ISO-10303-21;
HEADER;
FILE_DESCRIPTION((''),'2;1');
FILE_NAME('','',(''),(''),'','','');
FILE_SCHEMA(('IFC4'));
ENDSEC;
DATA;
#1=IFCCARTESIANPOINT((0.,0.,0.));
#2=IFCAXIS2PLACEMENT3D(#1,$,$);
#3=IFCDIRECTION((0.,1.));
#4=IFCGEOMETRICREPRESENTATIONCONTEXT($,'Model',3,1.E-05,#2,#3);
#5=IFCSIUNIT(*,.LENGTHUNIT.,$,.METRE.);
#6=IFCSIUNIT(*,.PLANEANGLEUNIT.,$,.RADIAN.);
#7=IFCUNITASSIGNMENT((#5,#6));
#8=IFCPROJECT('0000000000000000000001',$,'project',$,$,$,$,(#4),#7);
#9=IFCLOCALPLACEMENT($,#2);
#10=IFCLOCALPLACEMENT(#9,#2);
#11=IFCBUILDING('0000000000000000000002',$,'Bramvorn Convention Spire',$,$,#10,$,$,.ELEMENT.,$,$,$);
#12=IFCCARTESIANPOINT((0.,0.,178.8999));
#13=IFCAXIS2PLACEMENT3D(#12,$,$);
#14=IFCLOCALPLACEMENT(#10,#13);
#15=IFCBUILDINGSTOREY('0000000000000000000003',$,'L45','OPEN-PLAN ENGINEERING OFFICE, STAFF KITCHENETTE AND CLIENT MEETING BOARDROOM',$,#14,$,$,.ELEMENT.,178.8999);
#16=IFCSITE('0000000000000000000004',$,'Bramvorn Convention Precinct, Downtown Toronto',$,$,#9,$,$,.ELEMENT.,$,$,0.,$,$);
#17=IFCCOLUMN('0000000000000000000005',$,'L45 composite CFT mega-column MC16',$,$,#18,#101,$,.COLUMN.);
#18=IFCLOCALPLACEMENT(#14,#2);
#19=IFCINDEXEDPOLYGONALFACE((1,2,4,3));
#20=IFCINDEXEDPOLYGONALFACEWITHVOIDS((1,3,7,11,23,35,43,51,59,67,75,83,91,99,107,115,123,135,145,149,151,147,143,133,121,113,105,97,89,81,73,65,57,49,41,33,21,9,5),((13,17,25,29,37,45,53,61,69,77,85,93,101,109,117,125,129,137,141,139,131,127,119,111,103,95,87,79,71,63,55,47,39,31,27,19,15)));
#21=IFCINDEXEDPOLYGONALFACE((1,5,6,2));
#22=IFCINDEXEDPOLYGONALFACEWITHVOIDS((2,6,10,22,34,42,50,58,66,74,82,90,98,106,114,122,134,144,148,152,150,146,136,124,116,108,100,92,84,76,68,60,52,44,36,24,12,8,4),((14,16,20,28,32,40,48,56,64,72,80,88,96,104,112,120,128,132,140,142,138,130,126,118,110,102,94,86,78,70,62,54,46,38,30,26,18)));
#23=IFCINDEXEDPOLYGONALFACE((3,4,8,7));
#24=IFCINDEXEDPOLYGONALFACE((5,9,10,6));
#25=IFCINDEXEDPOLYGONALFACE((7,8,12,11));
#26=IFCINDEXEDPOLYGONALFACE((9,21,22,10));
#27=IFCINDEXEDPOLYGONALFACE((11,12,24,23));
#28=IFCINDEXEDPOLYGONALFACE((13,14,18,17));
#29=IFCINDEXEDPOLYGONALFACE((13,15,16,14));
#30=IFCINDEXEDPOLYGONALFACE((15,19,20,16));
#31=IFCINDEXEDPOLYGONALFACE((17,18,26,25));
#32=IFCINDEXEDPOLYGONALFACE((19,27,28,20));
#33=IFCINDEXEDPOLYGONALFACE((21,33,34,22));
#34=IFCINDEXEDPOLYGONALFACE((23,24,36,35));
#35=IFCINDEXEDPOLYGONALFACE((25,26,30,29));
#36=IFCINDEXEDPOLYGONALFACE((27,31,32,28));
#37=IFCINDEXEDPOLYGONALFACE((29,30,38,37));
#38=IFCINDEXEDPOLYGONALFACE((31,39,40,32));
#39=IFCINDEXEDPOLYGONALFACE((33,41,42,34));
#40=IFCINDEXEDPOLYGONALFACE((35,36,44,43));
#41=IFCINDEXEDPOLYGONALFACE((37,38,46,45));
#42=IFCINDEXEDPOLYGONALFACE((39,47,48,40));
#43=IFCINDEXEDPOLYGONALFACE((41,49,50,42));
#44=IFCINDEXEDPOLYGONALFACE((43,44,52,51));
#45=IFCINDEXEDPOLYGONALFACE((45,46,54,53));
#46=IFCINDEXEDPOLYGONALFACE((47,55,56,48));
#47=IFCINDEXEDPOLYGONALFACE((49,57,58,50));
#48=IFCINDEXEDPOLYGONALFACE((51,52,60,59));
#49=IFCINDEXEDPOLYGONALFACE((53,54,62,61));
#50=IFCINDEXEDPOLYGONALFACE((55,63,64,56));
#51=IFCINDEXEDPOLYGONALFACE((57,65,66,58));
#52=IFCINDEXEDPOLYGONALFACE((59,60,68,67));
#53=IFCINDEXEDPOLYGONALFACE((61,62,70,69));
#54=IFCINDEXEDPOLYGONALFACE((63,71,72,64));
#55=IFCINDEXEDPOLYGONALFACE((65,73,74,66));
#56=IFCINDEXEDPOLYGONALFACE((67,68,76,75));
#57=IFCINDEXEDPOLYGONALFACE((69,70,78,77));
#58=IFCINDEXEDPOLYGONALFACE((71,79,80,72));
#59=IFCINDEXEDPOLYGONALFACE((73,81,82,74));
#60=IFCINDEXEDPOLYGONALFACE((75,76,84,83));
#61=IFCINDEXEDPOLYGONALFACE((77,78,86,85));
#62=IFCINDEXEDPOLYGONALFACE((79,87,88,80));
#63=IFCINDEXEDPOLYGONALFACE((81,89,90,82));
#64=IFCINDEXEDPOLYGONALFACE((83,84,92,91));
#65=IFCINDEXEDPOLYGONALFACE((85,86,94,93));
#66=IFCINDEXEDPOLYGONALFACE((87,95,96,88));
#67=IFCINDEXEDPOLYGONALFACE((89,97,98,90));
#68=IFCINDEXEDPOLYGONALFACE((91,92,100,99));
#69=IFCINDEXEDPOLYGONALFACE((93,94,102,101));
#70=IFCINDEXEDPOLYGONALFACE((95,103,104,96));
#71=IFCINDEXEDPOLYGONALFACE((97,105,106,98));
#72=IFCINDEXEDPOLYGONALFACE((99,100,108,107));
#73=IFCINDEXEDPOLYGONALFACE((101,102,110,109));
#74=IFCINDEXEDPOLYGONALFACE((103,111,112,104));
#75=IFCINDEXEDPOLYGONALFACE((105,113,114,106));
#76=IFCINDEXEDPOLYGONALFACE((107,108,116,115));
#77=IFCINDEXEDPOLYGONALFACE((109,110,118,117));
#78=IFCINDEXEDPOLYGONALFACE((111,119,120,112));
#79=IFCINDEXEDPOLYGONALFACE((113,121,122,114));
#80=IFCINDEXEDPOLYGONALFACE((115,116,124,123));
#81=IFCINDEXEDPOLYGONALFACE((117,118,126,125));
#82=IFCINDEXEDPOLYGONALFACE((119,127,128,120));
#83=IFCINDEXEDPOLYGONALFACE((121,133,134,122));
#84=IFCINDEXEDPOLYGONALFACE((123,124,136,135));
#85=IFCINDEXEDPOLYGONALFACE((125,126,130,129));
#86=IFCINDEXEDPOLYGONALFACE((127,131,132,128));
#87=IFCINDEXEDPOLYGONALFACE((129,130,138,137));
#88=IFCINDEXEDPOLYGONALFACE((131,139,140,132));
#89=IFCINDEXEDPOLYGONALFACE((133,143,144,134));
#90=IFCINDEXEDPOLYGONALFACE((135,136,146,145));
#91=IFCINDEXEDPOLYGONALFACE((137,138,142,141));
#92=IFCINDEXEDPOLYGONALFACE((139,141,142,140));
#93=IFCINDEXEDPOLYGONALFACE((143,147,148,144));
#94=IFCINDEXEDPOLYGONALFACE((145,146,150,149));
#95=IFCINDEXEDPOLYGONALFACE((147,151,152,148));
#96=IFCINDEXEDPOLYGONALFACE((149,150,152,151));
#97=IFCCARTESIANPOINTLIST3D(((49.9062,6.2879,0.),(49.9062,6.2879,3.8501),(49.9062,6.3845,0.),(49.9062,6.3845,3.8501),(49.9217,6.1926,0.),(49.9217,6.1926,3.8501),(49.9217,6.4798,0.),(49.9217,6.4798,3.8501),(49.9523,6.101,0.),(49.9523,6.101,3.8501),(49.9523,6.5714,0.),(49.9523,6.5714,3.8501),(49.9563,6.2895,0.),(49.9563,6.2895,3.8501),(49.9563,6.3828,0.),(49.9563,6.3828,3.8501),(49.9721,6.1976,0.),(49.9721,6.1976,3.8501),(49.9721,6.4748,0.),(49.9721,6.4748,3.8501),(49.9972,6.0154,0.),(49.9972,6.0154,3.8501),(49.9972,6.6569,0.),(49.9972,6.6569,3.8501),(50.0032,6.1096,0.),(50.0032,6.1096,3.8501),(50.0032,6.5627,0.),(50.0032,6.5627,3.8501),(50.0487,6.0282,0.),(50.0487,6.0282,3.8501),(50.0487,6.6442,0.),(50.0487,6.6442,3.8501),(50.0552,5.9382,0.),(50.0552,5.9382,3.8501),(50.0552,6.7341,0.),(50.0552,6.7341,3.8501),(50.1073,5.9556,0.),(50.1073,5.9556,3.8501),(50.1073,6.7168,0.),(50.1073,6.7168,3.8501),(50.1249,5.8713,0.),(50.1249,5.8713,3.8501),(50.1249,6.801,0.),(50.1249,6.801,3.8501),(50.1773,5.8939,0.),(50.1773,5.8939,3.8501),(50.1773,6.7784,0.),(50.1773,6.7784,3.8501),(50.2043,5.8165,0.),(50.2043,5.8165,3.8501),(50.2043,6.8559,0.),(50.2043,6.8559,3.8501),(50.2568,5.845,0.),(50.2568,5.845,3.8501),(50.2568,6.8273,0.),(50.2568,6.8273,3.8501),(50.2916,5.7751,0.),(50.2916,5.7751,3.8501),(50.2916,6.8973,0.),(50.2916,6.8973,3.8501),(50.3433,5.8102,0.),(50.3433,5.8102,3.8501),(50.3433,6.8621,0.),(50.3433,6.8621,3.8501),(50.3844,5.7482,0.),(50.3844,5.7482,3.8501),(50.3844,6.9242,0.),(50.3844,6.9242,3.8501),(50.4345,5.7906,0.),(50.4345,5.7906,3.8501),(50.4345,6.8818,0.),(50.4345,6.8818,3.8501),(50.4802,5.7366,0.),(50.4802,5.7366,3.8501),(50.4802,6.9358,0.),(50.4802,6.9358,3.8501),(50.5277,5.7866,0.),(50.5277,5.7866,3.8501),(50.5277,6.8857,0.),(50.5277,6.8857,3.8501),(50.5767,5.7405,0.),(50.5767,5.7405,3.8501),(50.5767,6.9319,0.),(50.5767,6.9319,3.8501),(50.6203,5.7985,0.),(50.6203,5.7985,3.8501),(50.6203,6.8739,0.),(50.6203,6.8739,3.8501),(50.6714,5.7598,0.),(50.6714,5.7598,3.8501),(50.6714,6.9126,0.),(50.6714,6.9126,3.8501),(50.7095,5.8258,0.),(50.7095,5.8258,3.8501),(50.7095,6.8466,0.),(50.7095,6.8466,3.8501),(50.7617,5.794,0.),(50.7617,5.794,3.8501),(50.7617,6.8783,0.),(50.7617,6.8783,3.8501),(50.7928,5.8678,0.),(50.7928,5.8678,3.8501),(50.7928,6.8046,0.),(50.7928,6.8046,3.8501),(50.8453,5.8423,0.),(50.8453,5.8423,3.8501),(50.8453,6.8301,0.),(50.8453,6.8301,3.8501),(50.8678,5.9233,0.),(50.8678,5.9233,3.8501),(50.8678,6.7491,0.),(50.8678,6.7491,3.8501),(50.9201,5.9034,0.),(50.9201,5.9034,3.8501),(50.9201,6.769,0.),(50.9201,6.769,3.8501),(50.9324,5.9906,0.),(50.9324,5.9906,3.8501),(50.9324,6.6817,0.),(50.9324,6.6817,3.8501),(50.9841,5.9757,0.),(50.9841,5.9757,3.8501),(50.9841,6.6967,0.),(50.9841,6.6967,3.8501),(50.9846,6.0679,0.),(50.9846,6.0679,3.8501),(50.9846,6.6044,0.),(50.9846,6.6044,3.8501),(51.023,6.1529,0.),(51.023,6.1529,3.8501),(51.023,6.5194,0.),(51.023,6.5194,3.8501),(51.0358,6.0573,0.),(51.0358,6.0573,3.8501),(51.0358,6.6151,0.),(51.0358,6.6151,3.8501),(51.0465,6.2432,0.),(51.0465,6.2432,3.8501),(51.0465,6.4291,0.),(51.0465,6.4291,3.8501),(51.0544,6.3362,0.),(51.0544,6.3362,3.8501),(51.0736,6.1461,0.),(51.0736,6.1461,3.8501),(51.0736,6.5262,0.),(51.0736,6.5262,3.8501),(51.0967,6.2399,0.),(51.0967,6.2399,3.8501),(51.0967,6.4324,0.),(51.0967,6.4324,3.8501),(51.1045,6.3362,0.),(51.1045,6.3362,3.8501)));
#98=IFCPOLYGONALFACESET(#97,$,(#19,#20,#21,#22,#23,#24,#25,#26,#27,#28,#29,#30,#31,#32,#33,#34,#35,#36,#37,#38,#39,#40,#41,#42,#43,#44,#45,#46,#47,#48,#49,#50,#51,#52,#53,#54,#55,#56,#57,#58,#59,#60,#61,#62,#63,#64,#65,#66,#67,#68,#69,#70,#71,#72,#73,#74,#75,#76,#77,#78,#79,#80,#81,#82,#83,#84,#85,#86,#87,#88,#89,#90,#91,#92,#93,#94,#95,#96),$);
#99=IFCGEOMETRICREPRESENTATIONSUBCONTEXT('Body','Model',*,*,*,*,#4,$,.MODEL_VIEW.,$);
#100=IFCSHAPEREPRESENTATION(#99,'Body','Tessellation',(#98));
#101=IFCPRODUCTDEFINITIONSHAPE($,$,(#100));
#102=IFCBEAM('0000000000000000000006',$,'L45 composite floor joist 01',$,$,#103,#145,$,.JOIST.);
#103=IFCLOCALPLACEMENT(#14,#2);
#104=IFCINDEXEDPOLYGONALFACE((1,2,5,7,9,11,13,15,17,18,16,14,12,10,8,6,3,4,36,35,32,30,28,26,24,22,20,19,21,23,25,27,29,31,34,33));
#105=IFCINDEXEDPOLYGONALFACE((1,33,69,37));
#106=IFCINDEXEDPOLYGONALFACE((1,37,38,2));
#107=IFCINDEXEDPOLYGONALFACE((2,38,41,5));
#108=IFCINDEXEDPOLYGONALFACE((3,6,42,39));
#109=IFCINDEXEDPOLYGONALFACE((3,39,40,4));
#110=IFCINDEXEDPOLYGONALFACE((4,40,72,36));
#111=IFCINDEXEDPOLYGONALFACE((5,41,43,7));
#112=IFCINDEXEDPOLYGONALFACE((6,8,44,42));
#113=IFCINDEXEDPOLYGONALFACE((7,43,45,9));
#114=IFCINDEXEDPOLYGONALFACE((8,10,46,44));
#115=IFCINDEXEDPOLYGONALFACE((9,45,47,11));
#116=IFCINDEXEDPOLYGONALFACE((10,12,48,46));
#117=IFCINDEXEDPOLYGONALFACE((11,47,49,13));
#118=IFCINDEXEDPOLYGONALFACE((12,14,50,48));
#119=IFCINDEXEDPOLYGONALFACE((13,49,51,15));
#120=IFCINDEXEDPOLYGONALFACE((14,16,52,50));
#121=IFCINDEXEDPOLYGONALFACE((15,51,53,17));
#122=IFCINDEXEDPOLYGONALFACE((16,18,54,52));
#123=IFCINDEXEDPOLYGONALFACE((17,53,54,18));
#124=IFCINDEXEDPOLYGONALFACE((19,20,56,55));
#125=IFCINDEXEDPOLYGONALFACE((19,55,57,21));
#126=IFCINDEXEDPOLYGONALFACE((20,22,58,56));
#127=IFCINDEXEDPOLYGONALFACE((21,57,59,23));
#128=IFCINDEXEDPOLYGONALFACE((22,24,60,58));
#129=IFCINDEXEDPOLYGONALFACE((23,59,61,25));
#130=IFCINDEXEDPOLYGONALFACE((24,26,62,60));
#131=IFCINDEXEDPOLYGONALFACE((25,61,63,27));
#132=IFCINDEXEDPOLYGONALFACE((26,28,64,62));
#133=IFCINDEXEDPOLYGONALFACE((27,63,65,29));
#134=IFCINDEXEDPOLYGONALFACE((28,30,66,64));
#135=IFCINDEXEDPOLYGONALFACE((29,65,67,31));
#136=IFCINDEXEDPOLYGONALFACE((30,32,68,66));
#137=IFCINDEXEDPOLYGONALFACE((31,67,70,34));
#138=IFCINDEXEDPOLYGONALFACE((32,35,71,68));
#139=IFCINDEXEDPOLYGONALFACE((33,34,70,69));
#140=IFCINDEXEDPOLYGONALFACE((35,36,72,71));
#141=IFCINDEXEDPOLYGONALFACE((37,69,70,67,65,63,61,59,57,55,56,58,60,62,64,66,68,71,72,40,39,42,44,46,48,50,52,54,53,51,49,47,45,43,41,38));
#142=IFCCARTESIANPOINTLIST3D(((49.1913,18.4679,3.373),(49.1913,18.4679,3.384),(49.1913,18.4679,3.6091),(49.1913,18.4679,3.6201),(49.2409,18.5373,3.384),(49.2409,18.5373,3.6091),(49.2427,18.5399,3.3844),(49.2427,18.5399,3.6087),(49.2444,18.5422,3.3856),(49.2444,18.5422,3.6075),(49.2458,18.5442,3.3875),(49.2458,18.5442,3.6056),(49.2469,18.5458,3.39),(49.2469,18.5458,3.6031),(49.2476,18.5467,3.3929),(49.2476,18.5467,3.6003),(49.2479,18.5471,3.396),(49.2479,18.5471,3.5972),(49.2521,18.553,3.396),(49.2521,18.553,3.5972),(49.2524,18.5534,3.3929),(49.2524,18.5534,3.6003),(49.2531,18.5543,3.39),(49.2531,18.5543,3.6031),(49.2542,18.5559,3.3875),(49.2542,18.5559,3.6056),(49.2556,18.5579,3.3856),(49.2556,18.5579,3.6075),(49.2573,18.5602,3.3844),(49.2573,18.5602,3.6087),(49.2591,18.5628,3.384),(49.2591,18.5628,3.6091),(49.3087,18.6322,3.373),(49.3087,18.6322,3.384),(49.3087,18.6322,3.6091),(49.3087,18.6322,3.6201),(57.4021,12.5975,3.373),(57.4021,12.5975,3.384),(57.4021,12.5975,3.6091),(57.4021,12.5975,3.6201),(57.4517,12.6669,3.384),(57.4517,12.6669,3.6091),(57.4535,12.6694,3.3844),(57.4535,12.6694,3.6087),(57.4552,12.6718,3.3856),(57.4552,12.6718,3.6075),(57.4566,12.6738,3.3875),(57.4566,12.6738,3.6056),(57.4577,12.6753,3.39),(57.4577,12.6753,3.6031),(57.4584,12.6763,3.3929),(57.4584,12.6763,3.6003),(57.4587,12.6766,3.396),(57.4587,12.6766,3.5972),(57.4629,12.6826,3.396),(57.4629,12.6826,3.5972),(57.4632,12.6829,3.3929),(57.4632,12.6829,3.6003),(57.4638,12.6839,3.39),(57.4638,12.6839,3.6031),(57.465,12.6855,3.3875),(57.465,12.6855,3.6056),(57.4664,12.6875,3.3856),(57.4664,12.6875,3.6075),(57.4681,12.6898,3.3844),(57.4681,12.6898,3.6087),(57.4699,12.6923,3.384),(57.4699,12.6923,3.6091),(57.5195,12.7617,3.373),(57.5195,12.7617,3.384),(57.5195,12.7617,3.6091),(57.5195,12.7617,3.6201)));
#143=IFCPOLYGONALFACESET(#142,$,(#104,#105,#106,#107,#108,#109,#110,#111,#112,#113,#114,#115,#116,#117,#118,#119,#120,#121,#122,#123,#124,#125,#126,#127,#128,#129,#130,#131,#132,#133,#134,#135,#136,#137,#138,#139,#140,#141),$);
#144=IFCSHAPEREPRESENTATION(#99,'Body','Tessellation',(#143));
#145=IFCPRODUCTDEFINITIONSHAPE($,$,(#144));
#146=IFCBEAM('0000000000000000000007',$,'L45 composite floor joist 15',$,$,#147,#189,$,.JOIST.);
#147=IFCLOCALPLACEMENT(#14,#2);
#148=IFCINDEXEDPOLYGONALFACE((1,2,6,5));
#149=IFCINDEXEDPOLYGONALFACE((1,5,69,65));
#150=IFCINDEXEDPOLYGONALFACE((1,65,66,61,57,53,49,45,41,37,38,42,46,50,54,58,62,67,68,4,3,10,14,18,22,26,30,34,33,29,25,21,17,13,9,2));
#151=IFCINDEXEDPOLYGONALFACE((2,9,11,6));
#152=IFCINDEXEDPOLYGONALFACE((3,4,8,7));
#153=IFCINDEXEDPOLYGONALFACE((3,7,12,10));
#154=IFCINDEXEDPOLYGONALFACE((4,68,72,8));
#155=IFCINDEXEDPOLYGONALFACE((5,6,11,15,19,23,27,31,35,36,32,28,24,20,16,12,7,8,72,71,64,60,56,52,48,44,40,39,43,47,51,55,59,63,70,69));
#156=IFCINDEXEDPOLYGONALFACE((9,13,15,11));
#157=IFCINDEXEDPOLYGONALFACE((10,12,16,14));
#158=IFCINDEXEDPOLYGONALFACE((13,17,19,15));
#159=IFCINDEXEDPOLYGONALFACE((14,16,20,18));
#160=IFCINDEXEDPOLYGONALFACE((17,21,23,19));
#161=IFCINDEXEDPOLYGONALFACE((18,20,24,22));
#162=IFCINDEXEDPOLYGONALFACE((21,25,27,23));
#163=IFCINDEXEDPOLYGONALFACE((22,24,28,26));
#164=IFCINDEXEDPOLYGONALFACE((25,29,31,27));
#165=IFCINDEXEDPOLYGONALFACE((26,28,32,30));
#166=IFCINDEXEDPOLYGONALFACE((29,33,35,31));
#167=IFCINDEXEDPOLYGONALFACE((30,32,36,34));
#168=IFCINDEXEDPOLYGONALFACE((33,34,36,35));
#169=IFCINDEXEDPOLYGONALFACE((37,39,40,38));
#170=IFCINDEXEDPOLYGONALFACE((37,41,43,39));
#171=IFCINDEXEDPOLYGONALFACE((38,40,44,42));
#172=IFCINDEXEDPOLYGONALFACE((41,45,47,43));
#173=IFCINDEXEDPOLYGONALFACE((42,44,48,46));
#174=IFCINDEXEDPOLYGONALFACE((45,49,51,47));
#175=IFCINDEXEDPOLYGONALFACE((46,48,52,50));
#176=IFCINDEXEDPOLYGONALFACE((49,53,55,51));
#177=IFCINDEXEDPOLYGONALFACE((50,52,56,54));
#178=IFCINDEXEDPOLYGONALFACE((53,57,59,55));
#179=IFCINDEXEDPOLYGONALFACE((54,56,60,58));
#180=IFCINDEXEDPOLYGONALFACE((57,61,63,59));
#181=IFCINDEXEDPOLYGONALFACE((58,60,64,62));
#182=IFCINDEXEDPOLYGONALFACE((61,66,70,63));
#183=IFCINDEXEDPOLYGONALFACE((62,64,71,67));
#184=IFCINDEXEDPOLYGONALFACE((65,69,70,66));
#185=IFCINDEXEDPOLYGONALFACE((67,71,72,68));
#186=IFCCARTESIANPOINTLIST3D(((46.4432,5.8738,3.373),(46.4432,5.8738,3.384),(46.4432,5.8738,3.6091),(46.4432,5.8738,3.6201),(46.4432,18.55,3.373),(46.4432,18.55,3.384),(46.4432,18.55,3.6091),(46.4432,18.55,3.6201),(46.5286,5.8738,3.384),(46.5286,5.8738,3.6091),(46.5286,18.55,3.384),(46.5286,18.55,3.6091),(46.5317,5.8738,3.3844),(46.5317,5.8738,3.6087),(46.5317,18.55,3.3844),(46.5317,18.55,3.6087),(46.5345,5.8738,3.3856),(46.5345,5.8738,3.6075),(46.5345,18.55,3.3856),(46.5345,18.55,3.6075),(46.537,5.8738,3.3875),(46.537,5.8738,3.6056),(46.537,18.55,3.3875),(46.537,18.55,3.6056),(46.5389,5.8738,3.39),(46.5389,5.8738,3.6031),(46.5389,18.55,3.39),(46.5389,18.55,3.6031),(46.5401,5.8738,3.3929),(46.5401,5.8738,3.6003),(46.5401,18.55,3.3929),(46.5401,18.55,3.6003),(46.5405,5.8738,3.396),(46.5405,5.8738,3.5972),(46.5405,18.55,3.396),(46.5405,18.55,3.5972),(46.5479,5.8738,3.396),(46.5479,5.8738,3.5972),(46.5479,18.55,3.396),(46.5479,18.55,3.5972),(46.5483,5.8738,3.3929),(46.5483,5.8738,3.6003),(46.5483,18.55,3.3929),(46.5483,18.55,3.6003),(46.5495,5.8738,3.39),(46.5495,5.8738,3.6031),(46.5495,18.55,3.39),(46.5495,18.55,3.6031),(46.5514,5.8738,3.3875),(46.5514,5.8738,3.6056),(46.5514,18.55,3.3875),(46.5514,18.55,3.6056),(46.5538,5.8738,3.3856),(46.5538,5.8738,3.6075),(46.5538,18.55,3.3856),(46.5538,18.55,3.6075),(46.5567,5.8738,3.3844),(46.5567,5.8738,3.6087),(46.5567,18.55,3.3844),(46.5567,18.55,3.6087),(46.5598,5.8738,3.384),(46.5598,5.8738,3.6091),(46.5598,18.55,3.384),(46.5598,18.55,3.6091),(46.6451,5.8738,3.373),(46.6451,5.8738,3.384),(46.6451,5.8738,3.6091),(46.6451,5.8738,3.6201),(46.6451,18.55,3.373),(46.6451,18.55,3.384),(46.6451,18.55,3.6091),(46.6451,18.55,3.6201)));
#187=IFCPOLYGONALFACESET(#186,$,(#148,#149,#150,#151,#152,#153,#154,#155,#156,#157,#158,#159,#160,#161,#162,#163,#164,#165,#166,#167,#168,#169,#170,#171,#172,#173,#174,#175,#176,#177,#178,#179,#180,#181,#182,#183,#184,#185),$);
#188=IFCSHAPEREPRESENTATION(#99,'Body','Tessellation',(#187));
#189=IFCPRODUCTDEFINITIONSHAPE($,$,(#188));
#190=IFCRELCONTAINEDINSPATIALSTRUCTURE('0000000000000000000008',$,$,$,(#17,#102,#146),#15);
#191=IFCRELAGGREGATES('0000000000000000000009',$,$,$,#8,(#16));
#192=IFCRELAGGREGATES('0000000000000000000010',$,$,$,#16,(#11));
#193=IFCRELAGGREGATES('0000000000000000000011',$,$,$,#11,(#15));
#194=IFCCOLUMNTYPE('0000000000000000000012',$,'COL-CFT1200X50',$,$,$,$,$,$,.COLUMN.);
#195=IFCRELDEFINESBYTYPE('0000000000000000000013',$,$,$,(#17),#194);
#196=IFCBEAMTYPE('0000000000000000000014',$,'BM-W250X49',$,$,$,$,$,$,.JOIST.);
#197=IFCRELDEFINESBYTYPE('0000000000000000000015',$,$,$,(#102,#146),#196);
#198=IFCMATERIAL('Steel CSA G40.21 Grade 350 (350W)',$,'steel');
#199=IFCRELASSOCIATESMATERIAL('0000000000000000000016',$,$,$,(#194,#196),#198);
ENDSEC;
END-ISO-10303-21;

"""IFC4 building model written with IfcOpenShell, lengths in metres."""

from ifc_helpers import new_model, si_unit, direction, frame, origin, origin_2d, place, context, subcontext, project, spatial, hollow_circle, i_section, extrude, material, material_profile, profile_set, type_object, element, save


model = new_model("IFC4")

# Units and contexts
model_context = context("Model", 3, precision=1e-05, world=origin(), true_north=direction((0.0, 1.0)))
body_context = subcontext(model_context, "Body", "Model", "MODEL_VIEW")
ifc_project = project(units=[si_unit("LENGTHUNIT", "METRE"), si_unit("PLANEANGLEUNIT", "RADIAN")], contexts=[model_context])

# Site, building, storey
site_placement = place(None, origin())
site = spatial("IfcSite", under=ifc_project, at=site_placement, Name="Bramvorn Convention Precinct, Downtown Toronto", CompositionType="ELEMENT", RefElevation=0.0)
building_placement = place(site_placement, origin())
building = spatial("IfcBuilding", under=site, at=building_placement, Name="Bramvorn Convention Spire", CompositionType="ELEMENT")
storey_placement = place(building_placement, frame((0.0, 0.0, 178.8999)))
storey = spatial("IfcBuildingStorey", under=building, at=storey_placement, Name="L45", Description="OPEN-PLAN ENGINEERING OFFICE, STAFF KITCHENETTE AND CLIENT MEETING BOARDROOM", CompositionType="ELEMENT", Elevation=178.8999)

# Column
ifc_material_1 = material(Name="Steel CSA G40.21 Grade 350 (350W)", Category="steel")
ifc_material_profile_1 = material_profile(ifc_material_1, hollow_circle(Radius=0.6001, WallThickness=0.05, at=origin_2d()))
ifc_profile_set_1 = profile_set([ifc_material_profile_1], Name="Steel CSA G40.21 Grade 350 (350W) - CFT1200X50")
column_type = type_object("IfcColumnType", Name="COL-CFT1200X50", PredefinedType="COLUMN", material=ifc_profile_set_1)
for number, where, z_axis, x_axis, name in (
    (1, (50.5044, 6.3362, 0.0), (0.0, 0.0, 1.0), (1.0, 0.0, 0.0), "L45 composite CFT mega-column MC16"),
):
    element("IfcColumn", number, at=place(storey_placement, frame(where, z_axis=z_axis, x_axis=x_axis)), inside=storey, type_object=column_type, Name=name, PredefinedType="COLUMN", context=body_context, shape_type="SweptSolid", body=[
        extrude(hollow_circle(Radius=0.6001, WallThickness=0.05, at=origin_2d()), origin(), (0.0, 0.0, 1.0), 3.8501),
    ])

# Beams
ifc_material_profile_2 = material_profile(ifc_material_1, i_section(OverallWidth=0.2019, OverallDepth=0.2471, WebThickness=0.0073, FlangeThickness=0.011, FilletRadius=0.012, at=origin_2d()))
ifc_profile_set_2 = profile_set([ifc_material_profile_2], Name="Steel CSA G40.21 Grade 350 (350W) - W250X49")
beam_type_1 = type_object("IfcBeamType", Name="BM-W250X49", PredefinedType="JOIST", material=ifc_profile_set_2)
beam_1_placement = place(storey_placement, frame((49.25, 18.55, 3.4966), z_axis=(0.813472, -0.581604, 0.0), x_axis=(0.581604, 0.813472, 0.0)))
element("IfcBeam", 2, at=beam_1_placement, inside=storey, type_object=beam_type_1, Name="L45 composite floor joist 01", PredefinedType="JOIST", context=body_context, shape_type="SweptSolid", body=[
    extrude(i_section(OverallWidth=0.2019, OverallDepth=0.2471, WebThickness=0.0073, FlangeThickness=0.011, FilletRadius=0.012, at=origin_2d()), origin(), (0.0, 0.0, 1.0), 10.0935),
])
beam_2_placement = place(storey_placement, frame((46.5442, 18.55, 3.4966), z_axis=(0.0, -1.0, 0.0), x_axis=(1.0, 0.0, 0.0)))
element("IfcBeam", 3, at=beam_2_placement, inside=storey, type_object=beam_type_1, Name="L45 composite floor joist 15", PredefinedType="JOIST", context=body_context, shape_type="SweptSolid", body=[
    extrude(i_section(OverallWidth=0.2019, OverallDepth=0.2471, WebThickness=0.0073, FlangeThickness=0.011, FilletRadius=0.012, at=origin_2d()), origin(), (0.0, 0.0, 1.0), 12.6763),
])

save(model, "model.ifc")
